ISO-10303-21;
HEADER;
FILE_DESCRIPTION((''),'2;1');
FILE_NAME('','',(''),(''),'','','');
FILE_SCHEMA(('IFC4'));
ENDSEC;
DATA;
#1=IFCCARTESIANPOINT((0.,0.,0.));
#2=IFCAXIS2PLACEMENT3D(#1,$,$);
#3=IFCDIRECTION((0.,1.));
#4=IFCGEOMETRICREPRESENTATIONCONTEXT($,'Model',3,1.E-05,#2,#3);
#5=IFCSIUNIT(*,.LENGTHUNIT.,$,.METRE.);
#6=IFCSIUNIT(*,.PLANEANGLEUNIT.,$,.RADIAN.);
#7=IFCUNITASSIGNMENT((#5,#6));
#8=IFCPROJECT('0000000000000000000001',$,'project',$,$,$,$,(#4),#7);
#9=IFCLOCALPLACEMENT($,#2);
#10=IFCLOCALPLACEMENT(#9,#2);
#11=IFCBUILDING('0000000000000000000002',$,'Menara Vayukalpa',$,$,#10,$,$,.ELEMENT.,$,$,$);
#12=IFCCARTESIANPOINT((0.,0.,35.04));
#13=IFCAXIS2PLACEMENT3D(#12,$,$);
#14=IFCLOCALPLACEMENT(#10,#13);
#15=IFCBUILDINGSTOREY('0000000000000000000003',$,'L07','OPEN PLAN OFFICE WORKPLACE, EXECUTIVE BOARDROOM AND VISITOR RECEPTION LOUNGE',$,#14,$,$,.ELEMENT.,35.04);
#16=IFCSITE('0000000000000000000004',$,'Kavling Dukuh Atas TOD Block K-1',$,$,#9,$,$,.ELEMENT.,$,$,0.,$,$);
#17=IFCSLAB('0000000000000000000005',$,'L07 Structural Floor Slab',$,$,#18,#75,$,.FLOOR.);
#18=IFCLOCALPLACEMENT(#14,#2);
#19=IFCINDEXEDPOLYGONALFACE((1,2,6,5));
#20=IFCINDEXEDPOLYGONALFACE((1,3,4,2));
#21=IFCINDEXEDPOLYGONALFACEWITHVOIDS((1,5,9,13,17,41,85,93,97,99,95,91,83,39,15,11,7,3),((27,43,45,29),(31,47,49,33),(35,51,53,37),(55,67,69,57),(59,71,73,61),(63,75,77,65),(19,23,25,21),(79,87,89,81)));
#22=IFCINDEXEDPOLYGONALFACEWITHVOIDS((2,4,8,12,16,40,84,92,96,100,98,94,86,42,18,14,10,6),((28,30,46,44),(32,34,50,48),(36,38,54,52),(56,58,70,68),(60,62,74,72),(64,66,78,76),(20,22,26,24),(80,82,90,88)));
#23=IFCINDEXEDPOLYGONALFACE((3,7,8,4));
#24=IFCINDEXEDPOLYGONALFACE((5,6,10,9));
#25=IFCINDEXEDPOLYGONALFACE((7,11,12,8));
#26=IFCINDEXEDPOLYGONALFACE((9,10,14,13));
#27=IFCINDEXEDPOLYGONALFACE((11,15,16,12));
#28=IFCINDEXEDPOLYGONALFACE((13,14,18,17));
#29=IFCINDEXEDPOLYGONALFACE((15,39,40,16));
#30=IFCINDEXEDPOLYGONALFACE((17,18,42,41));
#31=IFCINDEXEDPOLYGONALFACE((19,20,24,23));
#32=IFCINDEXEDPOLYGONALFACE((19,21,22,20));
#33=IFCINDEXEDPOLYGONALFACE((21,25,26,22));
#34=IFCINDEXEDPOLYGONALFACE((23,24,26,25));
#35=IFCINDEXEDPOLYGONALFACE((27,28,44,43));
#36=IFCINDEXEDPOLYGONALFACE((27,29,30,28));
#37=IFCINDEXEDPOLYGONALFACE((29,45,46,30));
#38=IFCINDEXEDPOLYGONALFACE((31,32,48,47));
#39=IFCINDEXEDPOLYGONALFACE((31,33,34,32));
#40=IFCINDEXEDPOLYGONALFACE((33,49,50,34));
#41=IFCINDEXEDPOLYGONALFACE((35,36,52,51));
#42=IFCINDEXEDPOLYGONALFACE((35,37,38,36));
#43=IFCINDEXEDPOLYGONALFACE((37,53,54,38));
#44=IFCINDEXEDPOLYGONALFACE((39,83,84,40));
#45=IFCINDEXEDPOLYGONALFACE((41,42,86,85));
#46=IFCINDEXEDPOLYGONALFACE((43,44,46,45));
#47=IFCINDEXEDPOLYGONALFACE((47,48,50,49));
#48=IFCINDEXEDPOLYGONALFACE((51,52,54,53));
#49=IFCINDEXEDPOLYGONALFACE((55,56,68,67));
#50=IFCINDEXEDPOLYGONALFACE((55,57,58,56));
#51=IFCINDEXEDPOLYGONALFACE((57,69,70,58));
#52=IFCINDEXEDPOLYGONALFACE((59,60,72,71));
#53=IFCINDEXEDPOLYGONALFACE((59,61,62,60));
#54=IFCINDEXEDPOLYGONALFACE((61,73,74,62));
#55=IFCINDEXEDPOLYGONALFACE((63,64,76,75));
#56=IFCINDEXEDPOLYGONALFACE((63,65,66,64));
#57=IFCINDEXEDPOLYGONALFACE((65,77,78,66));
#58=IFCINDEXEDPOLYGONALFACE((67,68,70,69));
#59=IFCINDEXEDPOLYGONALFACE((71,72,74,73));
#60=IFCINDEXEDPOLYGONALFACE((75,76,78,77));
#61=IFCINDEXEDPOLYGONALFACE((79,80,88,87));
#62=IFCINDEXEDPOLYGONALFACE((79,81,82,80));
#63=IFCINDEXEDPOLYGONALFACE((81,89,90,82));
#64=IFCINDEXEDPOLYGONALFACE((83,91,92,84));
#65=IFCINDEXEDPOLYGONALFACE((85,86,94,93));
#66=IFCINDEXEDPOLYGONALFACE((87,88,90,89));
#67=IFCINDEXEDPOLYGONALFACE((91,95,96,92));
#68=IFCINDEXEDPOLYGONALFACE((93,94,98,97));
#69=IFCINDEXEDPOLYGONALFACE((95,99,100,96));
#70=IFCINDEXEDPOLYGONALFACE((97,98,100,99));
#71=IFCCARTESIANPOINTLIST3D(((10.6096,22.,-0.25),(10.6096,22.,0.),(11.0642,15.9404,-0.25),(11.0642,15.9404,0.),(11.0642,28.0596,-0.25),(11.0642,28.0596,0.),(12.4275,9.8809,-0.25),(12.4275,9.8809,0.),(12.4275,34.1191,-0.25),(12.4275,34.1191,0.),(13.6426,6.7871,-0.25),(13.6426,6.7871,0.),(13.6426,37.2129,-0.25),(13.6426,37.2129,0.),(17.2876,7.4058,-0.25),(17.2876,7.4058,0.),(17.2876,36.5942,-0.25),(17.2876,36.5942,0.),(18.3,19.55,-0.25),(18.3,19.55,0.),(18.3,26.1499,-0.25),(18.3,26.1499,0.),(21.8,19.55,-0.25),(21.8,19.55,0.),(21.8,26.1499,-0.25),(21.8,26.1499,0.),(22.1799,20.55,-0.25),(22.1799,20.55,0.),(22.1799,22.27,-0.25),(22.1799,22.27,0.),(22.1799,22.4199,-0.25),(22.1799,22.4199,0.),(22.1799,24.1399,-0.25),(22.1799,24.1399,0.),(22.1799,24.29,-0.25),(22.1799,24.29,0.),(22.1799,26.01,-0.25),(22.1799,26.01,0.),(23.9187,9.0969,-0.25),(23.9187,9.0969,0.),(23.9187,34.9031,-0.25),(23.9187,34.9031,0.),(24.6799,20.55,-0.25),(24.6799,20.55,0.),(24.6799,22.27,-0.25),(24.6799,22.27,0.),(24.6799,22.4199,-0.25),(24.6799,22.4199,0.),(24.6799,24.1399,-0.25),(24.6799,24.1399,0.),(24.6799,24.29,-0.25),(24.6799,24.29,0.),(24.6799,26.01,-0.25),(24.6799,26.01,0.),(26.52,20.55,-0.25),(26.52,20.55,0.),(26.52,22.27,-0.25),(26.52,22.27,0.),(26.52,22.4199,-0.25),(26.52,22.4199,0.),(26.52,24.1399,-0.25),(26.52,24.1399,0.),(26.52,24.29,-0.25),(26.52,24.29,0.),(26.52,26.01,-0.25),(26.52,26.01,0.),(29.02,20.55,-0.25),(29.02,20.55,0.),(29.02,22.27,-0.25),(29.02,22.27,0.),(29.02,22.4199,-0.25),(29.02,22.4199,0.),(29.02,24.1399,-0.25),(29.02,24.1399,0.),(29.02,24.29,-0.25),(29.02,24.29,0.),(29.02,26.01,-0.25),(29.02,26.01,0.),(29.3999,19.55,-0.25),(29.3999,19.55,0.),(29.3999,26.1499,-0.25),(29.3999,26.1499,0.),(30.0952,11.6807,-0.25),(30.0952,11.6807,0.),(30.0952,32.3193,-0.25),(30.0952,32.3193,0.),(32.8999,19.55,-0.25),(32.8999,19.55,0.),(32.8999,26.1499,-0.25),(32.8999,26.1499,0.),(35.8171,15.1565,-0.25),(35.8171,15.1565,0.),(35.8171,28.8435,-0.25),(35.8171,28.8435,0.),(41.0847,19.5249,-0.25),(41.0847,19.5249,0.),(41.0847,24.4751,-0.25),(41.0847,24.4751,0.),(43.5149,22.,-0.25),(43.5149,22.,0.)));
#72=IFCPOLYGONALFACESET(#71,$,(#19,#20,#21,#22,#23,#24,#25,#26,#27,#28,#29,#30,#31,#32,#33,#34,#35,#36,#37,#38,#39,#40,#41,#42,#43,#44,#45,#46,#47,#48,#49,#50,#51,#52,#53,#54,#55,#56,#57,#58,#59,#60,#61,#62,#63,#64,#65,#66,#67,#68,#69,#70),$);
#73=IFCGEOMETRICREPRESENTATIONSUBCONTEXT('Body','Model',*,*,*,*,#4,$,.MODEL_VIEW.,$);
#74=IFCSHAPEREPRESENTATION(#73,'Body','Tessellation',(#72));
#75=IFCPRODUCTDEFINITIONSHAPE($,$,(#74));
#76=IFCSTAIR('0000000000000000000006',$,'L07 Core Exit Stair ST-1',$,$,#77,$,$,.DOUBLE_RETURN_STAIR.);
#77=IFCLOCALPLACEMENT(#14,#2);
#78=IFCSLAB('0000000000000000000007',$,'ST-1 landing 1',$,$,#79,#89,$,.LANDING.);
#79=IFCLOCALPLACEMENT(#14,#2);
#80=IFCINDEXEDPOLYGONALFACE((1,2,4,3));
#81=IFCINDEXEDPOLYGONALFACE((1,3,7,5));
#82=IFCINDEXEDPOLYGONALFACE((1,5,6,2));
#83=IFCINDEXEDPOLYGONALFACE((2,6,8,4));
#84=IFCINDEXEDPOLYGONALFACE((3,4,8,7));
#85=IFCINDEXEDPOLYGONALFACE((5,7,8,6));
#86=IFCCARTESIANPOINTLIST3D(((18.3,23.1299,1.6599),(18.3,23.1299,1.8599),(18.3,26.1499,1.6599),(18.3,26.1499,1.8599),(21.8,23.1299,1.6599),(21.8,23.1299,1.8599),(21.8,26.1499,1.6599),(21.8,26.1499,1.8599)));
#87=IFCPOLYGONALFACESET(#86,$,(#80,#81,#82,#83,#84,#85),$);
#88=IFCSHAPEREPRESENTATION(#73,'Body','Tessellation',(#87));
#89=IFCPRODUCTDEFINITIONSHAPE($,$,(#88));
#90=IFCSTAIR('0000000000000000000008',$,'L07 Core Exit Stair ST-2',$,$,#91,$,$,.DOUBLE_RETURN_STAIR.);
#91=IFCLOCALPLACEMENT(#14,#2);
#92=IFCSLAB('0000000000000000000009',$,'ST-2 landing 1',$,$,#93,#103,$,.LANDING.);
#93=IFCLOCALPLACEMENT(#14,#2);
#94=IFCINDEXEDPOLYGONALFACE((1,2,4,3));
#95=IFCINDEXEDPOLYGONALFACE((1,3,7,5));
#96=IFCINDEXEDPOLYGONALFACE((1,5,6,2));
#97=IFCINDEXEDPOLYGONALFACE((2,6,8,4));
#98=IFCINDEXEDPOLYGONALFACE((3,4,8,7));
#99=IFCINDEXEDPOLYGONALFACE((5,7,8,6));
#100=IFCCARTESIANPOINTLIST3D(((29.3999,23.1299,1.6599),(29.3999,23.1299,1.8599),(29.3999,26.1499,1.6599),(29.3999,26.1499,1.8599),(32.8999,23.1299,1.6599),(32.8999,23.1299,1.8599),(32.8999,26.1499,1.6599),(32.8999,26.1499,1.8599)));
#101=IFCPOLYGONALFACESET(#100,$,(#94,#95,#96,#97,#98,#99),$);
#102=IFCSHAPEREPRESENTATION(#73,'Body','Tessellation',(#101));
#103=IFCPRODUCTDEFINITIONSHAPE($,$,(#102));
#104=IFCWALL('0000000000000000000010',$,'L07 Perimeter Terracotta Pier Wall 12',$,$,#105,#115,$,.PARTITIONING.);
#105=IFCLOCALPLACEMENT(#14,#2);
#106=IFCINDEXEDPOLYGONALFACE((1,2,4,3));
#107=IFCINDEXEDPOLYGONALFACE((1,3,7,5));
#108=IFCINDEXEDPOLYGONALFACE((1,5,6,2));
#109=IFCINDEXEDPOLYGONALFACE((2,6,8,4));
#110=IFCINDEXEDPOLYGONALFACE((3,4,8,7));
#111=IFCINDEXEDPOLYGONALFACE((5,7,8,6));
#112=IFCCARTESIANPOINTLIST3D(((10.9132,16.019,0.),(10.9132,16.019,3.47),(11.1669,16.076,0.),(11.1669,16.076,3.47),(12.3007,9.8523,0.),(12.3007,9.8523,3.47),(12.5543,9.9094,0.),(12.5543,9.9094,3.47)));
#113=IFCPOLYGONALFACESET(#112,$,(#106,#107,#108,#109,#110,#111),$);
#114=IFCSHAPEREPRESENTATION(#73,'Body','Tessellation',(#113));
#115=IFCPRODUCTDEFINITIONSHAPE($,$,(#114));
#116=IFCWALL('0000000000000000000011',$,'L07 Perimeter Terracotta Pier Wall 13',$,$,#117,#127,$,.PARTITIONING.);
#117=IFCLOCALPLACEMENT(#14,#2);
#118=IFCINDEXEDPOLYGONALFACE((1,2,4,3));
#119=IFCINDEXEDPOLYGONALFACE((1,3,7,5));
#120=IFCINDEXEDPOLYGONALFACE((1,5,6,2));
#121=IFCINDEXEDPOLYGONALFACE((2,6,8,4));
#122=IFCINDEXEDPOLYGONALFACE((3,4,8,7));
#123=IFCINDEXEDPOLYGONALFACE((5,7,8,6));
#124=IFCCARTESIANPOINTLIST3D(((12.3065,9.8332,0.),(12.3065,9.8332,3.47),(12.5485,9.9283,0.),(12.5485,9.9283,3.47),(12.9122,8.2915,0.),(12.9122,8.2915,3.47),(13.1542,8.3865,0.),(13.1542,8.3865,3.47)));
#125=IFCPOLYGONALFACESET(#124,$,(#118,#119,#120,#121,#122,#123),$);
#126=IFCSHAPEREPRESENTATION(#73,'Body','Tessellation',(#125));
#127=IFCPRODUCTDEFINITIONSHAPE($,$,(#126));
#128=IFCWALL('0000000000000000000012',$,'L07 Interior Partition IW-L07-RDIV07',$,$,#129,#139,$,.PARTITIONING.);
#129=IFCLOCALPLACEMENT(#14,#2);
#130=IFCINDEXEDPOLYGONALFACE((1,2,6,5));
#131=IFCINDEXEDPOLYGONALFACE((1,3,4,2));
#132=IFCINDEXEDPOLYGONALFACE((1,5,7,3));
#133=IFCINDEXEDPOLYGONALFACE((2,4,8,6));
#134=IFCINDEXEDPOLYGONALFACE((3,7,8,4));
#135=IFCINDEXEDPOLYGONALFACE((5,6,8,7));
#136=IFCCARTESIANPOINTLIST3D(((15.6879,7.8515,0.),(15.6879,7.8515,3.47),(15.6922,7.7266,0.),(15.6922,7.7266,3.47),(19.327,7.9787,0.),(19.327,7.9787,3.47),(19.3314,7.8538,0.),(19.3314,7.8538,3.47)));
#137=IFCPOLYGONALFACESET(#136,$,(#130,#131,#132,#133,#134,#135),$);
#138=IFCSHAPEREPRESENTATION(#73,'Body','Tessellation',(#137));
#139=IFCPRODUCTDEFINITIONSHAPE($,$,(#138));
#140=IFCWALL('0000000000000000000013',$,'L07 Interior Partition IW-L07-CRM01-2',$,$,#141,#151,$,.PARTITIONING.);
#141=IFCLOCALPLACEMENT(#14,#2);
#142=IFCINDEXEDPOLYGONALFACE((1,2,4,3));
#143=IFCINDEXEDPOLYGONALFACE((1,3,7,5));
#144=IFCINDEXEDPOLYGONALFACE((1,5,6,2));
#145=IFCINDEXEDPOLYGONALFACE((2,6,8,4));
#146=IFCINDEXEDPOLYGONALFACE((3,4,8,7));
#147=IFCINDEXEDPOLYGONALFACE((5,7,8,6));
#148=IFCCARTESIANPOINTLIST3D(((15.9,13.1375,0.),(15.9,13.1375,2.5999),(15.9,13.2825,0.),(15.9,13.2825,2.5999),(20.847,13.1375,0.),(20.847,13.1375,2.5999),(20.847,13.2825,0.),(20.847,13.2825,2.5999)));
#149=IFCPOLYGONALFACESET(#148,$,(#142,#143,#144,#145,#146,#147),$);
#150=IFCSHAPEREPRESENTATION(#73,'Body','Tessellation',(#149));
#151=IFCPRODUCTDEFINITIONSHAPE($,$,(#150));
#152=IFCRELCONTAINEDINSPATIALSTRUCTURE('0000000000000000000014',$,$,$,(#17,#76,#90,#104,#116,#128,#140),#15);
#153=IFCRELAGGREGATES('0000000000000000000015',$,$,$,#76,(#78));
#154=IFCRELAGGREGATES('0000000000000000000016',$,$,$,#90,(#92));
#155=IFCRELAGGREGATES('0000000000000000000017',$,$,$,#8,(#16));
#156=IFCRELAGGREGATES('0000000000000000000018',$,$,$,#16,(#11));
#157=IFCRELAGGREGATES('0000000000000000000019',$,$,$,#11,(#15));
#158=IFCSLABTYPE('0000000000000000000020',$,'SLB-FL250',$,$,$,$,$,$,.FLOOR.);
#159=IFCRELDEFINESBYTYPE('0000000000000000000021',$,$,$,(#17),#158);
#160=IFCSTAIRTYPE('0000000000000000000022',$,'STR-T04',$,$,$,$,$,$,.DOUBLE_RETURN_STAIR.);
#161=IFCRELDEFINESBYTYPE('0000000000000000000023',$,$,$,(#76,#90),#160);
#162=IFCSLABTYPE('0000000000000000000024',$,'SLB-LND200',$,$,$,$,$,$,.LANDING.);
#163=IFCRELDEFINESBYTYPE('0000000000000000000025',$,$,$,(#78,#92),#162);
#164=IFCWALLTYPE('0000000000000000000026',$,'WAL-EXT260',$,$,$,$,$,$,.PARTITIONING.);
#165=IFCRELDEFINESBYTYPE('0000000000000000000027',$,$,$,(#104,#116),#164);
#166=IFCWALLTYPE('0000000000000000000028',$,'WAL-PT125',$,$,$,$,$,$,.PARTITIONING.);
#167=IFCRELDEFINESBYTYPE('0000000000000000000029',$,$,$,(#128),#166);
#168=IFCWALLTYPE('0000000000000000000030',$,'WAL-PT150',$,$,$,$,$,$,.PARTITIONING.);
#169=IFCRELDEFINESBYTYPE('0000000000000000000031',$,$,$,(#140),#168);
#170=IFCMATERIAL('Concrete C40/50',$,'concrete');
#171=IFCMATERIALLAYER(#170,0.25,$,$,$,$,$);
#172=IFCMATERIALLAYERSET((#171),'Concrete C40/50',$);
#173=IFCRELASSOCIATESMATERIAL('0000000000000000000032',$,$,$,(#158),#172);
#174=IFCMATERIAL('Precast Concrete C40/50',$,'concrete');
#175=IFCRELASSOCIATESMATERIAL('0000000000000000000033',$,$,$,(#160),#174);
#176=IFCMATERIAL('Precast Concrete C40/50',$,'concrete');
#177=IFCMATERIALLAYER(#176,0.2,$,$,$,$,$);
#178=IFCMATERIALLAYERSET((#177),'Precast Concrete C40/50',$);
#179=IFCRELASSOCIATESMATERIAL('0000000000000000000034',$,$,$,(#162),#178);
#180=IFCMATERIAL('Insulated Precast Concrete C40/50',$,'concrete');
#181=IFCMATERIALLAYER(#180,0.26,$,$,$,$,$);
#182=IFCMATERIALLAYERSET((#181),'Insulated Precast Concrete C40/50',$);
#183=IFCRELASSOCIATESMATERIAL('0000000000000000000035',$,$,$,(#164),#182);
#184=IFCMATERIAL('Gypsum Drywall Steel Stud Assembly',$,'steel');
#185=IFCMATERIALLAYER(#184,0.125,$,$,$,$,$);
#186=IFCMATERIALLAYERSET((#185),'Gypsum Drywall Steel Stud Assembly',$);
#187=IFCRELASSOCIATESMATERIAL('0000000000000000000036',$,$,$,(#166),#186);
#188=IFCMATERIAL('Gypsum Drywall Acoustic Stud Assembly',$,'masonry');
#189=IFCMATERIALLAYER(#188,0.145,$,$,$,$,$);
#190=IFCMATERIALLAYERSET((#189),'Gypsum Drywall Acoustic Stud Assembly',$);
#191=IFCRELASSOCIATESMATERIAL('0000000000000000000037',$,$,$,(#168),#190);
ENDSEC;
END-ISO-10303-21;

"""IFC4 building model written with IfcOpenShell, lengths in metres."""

from ifc_helpers import new_model, si_unit, direction, frame, frame_2d, origin, place, context, subcontext, project, spatial, polyline, rectangle, outline, extrude, material, layer, layer_set, type_object, element, aggregate, save


model = new_model("IFC4")

# Units and contexts
model_context = context("Model", 3, precision=1e-05, world=origin(), true_north=direction((0.0, 1.0)))
body_context = subcontext(model_context, "Body", "Model", "MODEL_VIEW")
ifc_project = project(units=[si_unit("LENGTHUNIT", "METRE"), si_unit("PLANEANGLEUNIT", "RADIAN")], contexts=[model_context])

# Site, building, storey
site_placement = place(None, origin())
site = spatial("IfcSite", under=ifc_project, at=site_placement, Name="Kavling Dukuh Atas TOD Block K-1", CompositionType="ELEMENT", RefElevation=0.0)
building_placement = place(site_placement, origin())
building = spatial("IfcBuilding", under=site, at=building_placement, Name="Menara Vayukalpa", CompositionType="ELEMENT")
storey_placement = place(building_placement, frame((0.0, 0.0, 35.04)))
storey = spatial("IfcBuildingStorey", under=building, at=storey_placement, Name="L07", Description="OPEN PLAN OFFICE WORKPLACE, EXECUTIVE BOARDROOM AND VISITOR RECEPTION LOUNGE", CompositionType="ELEMENT", Elevation=35.04)

# Slab
ifc_material_1 = material(Name="Concrete C40/50", Category="concrete")
ifc_layer_1 = layer(ifc_material_1, 0.25)
ifc_layer_set_1 = layer_set([ifc_layer_1], Name="Concrete C40/50")
slab_type_1 = type_object("IfcSlabType", Name="SLB-FL250", PredefinedType="FLOOR", material=ifc_layer_set_1)
slab_1_placement = place(storey_placement, frame((0.0, 0.0, -0.25)))
element("IfcSlab", 1, at=slab_1_placement, inside=storey, type_object=slab_type_1, Name="L07 Structural Floor Slab", PredefinedType="FLOOR", context=body_context, shape_type="SweptSolid", body=[
    extrude(outline(polyline([(41.0847, 19.5249), (43.5149, 22.0), (41.0847, 24.4751), (35.8171, 28.8435), (30.0952, 32.3193), (23.9187, 34.9031), (17.2876, 36.5942), (13.6426, 37.2129), (12.4275, 34.1191), (11.0642, 28.0596), (10.6096, 22.0), (11.0642, 15.9404), (12.4275, 9.8809), (13.6426, 6.7871), (17.2876, 7.4058), (23.9187, 9.0969), (30.0952, 11.6807), (35.8171, 15.1565), (41.0847, 19.5249)]), holes=[polyline([(21.8, 19.55), (21.8, 26.1499), (18.3, 26.1499), (18.3, 19.55), (21.8, 19.55)]), polyline([(32.8999, 19.55), (32.8999, 26.1499), (29.3999, 26.1499), (29.3999, 19.55), (32.8999, 19.55)]), polyline([(22.1799, 20.55), (24.6799, 20.55), (24.6799, 22.27), (22.1799, 22.27), (22.1799, 20.55)]), polyline([(26.52, 20.55), (29.02, 20.55), (29.02, 22.27), (26.52, 22.27), (26.52, 20.55)]), polyline([(22.1799, 22.4199), (24.6799, 22.4199), (24.6799, 24.1399), (22.1799, 24.1399), (22.1799, 22.4199)]), polyline([(22.1799, 24.29), (24.6799, 24.29), (24.6799, 26.01), (22.1799, 26.01), (22.1799, 24.29)]), polyline([(26.52, 24.29), (29.02, 24.29), (29.02, 26.01), (26.52, 26.01), (26.52, 24.29)]), polyline([(26.52, 22.4199), (29.02, 22.4199), (29.02, 24.1399), (26.52, 24.1399), (26.52, 22.4199)])]), origin(), (0.0, 0.0, 1.0), 0.25),
])

# Stairs, slabs
ifc_material_2 = material(Name="Precast Concrete C40/50", Category="concrete")
stair_type = type_object("IfcStairType", Name="STR-T04", PredefinedType="DOUBLE_RETURN_STAIR", material=ifc_material_2)
stair_1_placement = place(storey_placement, origin())
stair_1 = element("IfcStair", 2, at=stair_1_placement, inside=storey, type_object=stair_type, Name="L07 Core Exit Stair ST-1", PredefinedType="DOUBLE_RETURN_STAIR")
ifc_material_3 = material(Name="Precast Concrete C40/50", Category="concrete")
ifc_layer_2 = layer(ifc_material_3, 0.2)
ifc_layer_set_2 = layer_set([ifc_layer_2], Name="Precast Concrete C40/50")
slab_type_2 = type_object("IfcSlabType", Name="SLB-LND200", PredefinedType="LANDING", material=ifc_layer_set_2)
slab_2_placement = place(storey_placement, frame((0.0, 0.0, 1.6599)))
slab_2 = element("IfcSlab", 3, at=slab_2_placement, type_object=slab_type_2, Name="ST-1 landing 1", PredefinedType="LANDING", context=body_context, shape_type="SweptSolid", body=[
    extrude(outline(polyline([(21.8, 23.1299), (21.8, 26.1499), (18.3, 26.1499), (18.3, 23.1299), (21.8, 23.1299)])), origin(), (0.0, 0.0, 1.0), 0.2),
])
aggregate(stair_1, [slab_2])
stair_2_placement = place(storey_placement, origin())
stair_2 = element("IfcStair", 4, at=stair_2_placement, inside=storey, type_object=stair_type, Name="L07 Core Exit Stair ST-2", PredefinedType="DOUBLE_RETURN_STAIR")
slab_3_placement = place(storey_placement, frame((0.0, 0.0, 1.6599)))
slab_3 = element("IfcSlab", 5, at=slab_3_placement, type_object=slab_type_2, Name="ST-2 landing 1", PredefinedType="LANDING", context=body_context, shape_type="SweptSolid", body=[
    extrude(outline(polyline([(32.8999, 23.1299), (32.8999, 26.1499), (29.3999, 26.1499), (29.3999, 23.1299), (32.8999, 23.1299)])), origin(), (0.0, 0.0, 1.0), 0.2),
])
aggregate(stair_2, [slab_3])

# Walls
ifc_material_4 = material(Name="Insulated Precast Concrete C40/50", Category="concrete")
ifc_layer_3 = layer(ifc_material_4, 0.26)
ifc_layer_set_3 = layer_set([ifc_layer_3], Name="Insulated Precast Concrete C40/50")
wall_type_1 = type_object("IfcWallType", Name="WAL-EXT260", PredefinedType="PARTITIONING", material=ifc_layer_set_3)
wall_1_placement = place(storey_placement, frame((12.4275, 9.8809, 0.0), z_axis=(0.0, 0.0, 1.0), x_axis=(-0.219502, 0.975612, 0.0)))
element("IfcWall", 6, at=wall_1_placement, inside=storey, type_object=wall_type_1, Name="L07 Perimeter Terracotta Pier Wall 12", PredefinedType="PARTITIONING", context=body_context, shape_type="SweptSolid", body=[
    extrude(rectangle(XDim=6.3208, YDim=0.26, at=frame_2d((3.1604, 0.0))), origin(), (0.0, 0.0, 1.0), 3.47),
])
wall_2_placement = place(storey_placement, frame((13.0332, 8.3391, 0.0), z_axis=(0.0, 0.0, 1.0), x_axis=(-0.365666, 0.930746, 0.0)))
element("IfcWall", 7, at=wall_2_placement, inside=storey, type_object=wall_type_1, Name="L07 Perimeter Terracotta Pier Wall 13", PredefinedType="PARTITIONING", context=body_context, shape_type="SweptSolid", body=[
    extrude(rectangle(XDim=1.6565, YDim=0.26, at=frame_2d((0.8281, 0.0))), origin(), (0.0, 0.0, 1.0), 3.47),
])
ifc_material_5 = material(Name="Gypsum Drywall Steel Stud Assembly", Category="steel")
ifc_layer_4 = layer(ifc_material_5, 0.125)
ifc_layer_set_4 = layer_set([ifc_layer_4], Name="Gypsum Drywall Steel Stud Assembly")
wall_type_2 = type_object("IfcWallType", Name="WAL-PT125", PredefinedType="PARTITIONING", material=ifc_layer_set_4)
wall_3_placement = place(storey_placement, frame((15.6899, 7.7891, 0.0), z_axis=(0.0, 0.0, 1.0), x_axis=(0.99939, 0.034931, 0.0)))
element("IfcWall", 8, at=wall_3_placement, inside=storey, type_object=wall_type_2, Name="L07 Interior Partition IW-L07-RDIV07", PredefinedType="PARTITIONING", context=body_context, shape_type="SweptSolid", body=[
    extrude(rectangle(XDim=3.6414, YDim=0.125, at=frame_2d((1.8208, 0.0))), origin(), (0.0, 0.0, 1.0), 3.47),
])
ifc_material_6 = material(Name="Gypsum Drywall Acoustic Stud Assembly", Category="masonry")
ifc_layer_5 = layer(ifc_material_6, 0.145)
ifc_layer_set_5 = layer_set([ifc_layer_5], Name="Gypsum Drywall Acoustic Stud Assembly")
wall_type_3 = type_object("IfcWallType", Name="WAL-PT150", PredefinedType="PARTITIONING", material=ifc_layer_set_5)
wall_4_placement = place(storey_placement, frame((15.8999, 13.21, 0.0), z_axis=(0.0, 0.0, 1.0), x_axis=(1.0, 0.0, 0.0)))
element("IfcWall", 9, at=wall_4_placement, inside=storey, type_object=wall_type_3, Name="L07 Interior Partition IW-L07-CRM01-2", PredefinedType="PARTITIONING", context=body_context, shape_type="SweptSolid", body=[
    extrude(rectangle(XDim=4.947, YDim=0.145, at=frame_2d((2.4736, 0.0))), origin(), (0.0, 0.0, 1.0), 2.5999),
])

save(model, "model.ifc")
